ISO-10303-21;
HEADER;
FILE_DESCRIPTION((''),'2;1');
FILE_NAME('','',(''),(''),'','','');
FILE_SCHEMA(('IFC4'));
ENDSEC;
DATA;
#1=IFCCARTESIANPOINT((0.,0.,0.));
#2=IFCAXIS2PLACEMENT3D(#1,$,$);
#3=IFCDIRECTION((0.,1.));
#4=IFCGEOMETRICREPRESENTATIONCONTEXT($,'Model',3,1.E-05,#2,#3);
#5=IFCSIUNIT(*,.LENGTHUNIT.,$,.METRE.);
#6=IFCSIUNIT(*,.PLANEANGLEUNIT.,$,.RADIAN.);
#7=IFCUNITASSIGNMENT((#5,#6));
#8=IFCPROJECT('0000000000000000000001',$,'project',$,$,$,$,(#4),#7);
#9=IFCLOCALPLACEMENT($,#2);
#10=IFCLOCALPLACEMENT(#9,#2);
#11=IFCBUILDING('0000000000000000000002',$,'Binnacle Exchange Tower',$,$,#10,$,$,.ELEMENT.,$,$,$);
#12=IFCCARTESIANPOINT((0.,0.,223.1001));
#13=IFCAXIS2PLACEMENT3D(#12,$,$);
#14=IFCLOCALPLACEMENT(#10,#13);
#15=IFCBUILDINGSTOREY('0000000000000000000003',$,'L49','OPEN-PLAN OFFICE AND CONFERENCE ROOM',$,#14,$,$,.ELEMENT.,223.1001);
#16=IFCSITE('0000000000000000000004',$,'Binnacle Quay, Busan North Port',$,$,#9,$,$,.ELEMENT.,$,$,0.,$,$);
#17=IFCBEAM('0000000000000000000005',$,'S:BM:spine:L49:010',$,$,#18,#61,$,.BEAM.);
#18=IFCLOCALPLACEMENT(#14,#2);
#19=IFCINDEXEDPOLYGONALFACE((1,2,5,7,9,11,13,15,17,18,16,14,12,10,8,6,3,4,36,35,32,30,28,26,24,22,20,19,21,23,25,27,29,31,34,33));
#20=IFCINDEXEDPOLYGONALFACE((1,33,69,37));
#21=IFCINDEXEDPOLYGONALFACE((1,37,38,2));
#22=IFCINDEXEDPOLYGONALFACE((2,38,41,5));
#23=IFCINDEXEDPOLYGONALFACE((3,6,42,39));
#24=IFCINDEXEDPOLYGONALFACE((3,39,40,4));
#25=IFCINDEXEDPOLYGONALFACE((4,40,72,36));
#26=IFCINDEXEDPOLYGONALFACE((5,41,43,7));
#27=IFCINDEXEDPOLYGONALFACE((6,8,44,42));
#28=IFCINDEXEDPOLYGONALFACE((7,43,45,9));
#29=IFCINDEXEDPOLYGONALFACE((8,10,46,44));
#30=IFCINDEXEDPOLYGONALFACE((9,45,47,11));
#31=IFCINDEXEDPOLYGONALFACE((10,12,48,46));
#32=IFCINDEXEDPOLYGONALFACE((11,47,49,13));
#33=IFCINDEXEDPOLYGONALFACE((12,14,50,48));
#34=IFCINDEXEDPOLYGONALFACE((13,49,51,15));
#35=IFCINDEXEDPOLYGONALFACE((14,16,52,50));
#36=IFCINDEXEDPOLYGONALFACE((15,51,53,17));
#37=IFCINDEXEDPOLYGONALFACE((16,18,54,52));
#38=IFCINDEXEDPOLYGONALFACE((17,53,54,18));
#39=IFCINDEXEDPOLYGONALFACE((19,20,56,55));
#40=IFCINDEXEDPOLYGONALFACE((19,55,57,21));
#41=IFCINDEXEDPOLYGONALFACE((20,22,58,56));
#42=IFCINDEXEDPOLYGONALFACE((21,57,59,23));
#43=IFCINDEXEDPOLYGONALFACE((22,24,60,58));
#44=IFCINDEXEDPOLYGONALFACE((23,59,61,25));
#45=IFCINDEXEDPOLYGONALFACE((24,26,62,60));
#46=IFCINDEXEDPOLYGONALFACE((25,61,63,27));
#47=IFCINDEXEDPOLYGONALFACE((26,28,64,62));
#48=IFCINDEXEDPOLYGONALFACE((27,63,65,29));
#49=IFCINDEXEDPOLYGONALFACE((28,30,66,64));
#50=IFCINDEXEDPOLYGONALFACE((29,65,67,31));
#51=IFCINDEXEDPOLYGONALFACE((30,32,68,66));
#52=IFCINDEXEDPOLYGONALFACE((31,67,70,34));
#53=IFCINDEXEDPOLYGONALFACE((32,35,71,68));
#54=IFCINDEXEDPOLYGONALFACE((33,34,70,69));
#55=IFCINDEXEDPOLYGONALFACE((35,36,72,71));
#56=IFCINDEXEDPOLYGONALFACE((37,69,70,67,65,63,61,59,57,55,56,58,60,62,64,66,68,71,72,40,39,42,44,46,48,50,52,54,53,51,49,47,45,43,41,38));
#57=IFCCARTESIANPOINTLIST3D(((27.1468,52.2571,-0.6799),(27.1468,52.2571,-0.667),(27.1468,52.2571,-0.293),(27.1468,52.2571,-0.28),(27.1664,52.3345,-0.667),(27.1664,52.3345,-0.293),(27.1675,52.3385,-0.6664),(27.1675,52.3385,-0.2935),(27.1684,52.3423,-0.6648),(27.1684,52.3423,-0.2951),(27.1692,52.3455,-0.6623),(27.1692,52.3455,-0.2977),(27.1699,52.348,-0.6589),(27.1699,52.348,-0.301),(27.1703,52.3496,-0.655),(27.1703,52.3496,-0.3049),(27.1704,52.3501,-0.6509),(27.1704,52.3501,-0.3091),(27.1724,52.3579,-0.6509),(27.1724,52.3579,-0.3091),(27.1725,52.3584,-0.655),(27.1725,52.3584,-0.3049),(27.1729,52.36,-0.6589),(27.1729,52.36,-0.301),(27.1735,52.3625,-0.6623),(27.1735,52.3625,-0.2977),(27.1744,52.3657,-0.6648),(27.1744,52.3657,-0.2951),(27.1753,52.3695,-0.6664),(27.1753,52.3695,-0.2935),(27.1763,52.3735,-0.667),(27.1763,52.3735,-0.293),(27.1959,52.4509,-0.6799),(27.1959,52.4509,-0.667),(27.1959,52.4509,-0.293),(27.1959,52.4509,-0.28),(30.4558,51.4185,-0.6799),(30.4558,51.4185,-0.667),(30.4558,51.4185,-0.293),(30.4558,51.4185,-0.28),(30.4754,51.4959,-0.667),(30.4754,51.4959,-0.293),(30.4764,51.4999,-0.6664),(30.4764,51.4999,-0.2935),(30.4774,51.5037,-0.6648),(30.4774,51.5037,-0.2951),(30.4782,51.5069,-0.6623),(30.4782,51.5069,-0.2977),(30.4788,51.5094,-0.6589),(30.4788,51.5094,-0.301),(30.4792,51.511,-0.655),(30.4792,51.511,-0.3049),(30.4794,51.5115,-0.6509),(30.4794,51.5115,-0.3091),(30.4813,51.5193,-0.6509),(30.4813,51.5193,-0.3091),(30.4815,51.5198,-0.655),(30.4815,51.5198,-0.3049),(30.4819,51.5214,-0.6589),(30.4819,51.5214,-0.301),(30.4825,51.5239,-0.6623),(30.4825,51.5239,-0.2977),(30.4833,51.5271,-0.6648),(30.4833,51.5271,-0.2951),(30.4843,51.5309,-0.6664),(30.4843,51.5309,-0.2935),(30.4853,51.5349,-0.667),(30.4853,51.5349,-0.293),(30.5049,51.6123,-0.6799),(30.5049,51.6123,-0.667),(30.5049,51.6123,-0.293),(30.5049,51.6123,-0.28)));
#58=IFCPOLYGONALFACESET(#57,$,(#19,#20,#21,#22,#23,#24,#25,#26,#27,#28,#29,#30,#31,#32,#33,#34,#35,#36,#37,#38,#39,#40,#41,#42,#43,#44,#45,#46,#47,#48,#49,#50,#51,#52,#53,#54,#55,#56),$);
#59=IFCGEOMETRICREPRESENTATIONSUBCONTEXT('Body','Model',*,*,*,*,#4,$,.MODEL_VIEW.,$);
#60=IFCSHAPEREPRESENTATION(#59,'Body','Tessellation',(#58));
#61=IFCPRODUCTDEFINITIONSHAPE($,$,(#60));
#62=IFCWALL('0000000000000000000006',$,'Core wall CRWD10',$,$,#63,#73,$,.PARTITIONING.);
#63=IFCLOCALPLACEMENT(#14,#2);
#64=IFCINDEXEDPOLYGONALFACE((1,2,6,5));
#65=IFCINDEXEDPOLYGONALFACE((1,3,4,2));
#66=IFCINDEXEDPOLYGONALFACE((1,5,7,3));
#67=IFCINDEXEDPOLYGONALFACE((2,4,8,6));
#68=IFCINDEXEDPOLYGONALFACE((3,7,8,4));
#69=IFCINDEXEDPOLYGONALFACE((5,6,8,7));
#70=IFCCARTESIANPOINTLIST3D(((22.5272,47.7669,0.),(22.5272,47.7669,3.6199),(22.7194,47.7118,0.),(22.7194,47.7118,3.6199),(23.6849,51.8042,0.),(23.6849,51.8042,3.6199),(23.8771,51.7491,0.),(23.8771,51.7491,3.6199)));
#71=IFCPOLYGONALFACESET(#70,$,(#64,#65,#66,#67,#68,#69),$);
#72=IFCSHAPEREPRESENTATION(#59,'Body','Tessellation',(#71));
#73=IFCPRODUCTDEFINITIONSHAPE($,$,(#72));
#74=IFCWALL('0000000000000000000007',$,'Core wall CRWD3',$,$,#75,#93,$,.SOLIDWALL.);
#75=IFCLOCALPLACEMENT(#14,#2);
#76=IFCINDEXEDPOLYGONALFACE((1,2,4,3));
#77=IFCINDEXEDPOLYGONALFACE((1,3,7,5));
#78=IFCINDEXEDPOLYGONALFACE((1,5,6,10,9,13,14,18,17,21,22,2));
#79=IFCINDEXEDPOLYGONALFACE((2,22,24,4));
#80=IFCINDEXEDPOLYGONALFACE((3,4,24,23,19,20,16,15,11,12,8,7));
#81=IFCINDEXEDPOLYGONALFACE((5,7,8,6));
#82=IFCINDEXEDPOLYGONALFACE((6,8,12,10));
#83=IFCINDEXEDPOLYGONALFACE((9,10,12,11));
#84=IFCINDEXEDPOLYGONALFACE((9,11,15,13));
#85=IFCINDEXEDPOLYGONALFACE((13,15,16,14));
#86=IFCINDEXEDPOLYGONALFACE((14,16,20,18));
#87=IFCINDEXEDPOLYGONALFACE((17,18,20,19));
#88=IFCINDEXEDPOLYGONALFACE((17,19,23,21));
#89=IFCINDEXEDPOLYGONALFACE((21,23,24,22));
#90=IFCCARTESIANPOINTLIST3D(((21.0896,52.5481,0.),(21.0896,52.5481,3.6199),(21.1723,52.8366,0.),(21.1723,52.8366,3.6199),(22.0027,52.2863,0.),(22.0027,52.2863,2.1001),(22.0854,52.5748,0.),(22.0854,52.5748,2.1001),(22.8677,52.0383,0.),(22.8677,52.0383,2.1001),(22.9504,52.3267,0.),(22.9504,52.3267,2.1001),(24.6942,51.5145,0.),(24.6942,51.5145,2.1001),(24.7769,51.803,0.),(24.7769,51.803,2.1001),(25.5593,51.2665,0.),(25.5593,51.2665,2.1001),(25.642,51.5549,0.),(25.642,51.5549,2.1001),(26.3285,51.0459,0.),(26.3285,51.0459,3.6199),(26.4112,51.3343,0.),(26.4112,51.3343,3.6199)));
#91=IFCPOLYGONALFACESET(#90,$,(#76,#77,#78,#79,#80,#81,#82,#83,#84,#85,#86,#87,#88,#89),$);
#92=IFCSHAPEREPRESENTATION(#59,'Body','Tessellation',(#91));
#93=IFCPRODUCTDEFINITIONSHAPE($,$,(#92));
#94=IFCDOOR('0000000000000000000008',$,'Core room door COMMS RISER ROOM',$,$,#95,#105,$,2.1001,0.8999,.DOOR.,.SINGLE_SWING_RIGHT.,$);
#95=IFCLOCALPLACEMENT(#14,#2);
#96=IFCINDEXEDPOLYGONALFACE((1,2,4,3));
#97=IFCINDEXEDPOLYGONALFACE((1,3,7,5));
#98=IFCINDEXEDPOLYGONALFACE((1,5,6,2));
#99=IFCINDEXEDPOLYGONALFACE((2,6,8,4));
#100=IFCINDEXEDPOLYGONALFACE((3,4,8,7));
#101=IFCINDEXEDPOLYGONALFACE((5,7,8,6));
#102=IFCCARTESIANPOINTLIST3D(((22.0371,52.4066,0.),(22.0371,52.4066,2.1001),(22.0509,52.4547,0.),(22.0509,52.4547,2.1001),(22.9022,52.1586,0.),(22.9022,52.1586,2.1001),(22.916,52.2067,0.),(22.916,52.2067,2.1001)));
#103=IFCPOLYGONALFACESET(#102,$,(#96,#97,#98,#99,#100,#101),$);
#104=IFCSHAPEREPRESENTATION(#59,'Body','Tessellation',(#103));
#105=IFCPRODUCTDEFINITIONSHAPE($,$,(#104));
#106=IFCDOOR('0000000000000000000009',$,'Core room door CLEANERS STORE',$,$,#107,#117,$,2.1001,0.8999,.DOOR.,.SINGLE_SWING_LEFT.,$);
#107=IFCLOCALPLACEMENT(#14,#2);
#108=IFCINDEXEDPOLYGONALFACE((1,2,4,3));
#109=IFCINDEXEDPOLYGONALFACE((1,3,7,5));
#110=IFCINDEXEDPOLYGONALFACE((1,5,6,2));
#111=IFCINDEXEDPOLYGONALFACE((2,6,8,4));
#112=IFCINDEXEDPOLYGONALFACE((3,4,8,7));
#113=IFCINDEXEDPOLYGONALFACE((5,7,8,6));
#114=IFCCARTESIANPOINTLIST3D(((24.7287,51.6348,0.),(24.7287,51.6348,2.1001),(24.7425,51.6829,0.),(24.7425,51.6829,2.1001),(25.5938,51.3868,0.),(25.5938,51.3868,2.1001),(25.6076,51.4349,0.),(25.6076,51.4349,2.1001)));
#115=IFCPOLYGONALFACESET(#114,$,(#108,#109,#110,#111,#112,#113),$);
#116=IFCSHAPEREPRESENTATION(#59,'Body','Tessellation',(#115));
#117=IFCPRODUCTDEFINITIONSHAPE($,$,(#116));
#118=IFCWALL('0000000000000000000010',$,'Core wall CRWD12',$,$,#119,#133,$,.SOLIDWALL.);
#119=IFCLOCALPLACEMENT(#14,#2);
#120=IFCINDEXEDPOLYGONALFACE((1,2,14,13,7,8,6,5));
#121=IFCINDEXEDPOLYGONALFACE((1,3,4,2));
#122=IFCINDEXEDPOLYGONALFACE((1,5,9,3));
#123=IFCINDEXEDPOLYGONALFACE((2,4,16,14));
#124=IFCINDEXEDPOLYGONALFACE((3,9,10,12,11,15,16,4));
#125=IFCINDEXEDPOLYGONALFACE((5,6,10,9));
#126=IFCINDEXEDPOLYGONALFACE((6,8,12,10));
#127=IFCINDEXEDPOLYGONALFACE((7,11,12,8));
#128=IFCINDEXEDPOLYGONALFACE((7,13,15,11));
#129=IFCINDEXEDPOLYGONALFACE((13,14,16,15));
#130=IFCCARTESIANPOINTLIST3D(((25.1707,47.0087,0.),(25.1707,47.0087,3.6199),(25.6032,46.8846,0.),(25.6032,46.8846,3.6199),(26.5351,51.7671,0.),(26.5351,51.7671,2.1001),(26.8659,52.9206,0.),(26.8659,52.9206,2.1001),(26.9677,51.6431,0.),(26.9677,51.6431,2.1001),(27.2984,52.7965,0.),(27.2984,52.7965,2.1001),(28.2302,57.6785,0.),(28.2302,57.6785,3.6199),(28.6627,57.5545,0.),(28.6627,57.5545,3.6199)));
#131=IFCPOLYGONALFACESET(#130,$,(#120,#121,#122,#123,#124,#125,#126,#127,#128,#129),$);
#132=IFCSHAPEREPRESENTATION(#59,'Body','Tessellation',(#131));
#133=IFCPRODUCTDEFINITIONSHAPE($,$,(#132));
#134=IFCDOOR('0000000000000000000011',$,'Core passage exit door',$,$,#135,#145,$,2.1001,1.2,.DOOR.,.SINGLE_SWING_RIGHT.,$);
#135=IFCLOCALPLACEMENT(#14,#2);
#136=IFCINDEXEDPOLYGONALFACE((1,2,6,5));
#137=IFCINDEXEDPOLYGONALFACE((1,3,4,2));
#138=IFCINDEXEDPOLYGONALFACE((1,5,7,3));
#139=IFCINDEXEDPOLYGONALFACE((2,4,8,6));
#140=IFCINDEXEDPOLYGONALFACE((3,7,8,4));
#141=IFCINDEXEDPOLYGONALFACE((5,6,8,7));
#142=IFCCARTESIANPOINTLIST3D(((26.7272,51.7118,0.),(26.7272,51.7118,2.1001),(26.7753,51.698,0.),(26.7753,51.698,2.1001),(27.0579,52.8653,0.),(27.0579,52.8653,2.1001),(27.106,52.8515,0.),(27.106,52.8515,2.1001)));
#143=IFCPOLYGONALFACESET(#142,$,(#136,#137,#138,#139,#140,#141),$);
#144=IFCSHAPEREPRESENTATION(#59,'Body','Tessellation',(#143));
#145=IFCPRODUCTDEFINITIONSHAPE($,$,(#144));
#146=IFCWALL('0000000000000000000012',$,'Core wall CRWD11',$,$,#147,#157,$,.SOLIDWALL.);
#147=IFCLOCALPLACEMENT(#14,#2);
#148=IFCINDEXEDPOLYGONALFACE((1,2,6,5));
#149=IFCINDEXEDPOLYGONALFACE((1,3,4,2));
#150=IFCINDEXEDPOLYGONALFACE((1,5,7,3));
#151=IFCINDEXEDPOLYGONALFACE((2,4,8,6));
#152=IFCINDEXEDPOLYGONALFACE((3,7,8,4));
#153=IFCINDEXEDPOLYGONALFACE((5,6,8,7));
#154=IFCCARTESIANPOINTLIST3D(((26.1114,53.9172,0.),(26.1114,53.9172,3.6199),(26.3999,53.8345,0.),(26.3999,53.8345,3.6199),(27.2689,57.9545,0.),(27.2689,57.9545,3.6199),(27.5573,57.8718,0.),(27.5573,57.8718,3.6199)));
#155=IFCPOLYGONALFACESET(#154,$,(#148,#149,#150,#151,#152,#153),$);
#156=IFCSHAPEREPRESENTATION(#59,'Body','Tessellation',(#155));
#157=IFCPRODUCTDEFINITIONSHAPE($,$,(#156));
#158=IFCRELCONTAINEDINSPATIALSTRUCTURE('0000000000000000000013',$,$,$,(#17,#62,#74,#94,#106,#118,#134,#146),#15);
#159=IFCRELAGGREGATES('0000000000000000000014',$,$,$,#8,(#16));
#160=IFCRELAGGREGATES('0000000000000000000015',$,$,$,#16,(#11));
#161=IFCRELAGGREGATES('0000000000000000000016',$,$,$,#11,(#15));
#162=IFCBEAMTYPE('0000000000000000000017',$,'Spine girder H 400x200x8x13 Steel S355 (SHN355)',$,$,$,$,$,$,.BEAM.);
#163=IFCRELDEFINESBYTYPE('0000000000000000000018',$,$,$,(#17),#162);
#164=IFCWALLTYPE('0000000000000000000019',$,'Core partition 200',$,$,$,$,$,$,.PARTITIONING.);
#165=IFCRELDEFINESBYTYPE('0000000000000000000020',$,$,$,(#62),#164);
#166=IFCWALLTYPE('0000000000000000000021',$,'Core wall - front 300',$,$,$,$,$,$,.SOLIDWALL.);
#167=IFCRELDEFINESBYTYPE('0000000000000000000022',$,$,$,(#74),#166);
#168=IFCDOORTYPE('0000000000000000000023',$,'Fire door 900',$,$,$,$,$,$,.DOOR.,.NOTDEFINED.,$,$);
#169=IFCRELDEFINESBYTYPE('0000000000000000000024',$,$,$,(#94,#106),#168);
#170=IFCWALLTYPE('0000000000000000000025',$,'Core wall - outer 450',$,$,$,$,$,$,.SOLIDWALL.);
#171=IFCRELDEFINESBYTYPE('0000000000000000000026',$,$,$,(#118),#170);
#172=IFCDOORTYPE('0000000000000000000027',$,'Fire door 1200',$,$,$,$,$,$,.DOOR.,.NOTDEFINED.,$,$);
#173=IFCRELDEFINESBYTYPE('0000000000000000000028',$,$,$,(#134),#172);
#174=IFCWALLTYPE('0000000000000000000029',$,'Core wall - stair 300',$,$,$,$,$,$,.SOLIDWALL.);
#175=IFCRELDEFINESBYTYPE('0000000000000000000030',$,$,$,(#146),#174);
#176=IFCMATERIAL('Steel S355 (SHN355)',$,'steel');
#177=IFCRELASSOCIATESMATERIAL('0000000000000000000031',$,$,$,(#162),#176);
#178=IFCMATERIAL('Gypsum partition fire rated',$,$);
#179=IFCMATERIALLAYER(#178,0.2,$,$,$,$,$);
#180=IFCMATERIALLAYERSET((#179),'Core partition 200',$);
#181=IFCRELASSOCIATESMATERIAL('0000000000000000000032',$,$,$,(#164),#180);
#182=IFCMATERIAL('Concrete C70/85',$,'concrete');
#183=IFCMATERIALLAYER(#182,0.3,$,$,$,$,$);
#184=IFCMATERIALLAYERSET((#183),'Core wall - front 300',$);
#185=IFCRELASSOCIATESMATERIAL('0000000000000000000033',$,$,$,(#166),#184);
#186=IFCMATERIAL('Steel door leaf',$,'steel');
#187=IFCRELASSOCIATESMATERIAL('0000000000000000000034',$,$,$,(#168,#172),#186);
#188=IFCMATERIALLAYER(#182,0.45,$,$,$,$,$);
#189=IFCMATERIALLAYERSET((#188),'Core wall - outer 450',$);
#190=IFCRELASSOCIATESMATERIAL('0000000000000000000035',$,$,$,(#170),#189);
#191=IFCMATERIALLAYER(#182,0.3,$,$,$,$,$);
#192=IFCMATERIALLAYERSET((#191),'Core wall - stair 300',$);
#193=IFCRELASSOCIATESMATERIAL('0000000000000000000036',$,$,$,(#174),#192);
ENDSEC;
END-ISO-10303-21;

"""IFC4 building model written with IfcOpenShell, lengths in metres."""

from ifc_helpers import new_model, si_unit, direction, frame, frame_2d, origin, origin_2d, place, context, subcontext, project, spatial, rectangle, i_section, extrude, material, layer, layer_set, material_profile, profile_set, type_object, element, fill, save


model = new_model("IFC4")

# Units and contexts
model_context = context("Model", 3, precision=1e-05, world=origin(), true_north=direction((0.0, 1.0)))
body_context = subcontext(model_context, "Body", "Model", "MODEL_VIEW")
ifc_project = project(units=[si_unit("LENGTHUNIT", "METRE"), si_unit("PLANEANGLEUNIT", "RADIAN")], contexts=[model_context])

# Site, building, storey
site_placement = place(None, origin())
site = spatial("IfcSite", under=ifc_project, at=site_placement, Name="Binnacle Quay, Busan North Port", CompositionType="ELEMENT", RefElevation=0.0)
building_placement = place(site_placement, origin())
building = spatial("IfcBuilding", under=site, at=building_placement, Name="Binnacle Exchange Tower", CompositionType="ELEMENT")
storey_placement = place(building_placement, frame((0.0, 0.0, 223.1001)))
storey = spatial("IfcBuildingStorey", under=building, at=storey_placement, Name="L49", Description="OPEN-PLAN OFFICE AND CONFERENCE ROOM", CompositionType="ELEMENT", Elevation=223.1001)

# Beam
ifc_material_1 = material(Name="Steel S355 (SHN355)", Category="steel")
ifc_material_profile_1 = material_profile(ifc_material_1, i_section(OverallWidth=0.2, OverallDepth=0.3999, WebThickness=0.0081, FlangeThickness=0.0129, FilletRadius=0.0161, at=origin_2d()), Name="H 400x200x8x13")
ifc_profile_set_1 = profile_set([ifc_material_profile_1], Name="Steel S355 (SHN355)")
beam_type_1 = type_object("IfcBeamType", Name="Spine girder H 400x200x8x13 Steel S355 (SHN355)", PredefinedType="BEAM", material=ifc_profile_set_1)
beam_1_placement = place(storey_placement, frame((27.1714, 52.354, -0.48), z_axis=(0.969355, -0.245664, 0.0), x_axis=(0.245664, 0.969355, 0.0)))
element("IfcBeam", 1, at=beam_1_placement, inside=storey, type_object=beam_type_1, Name="S:BM:spine:L49:010", PredefinedType="BEAM", context=body_context, shape_type="SweptSolid", body=[
    extrude(i_section(OverallWidth=0.2, OverallDepth=0.3999, WebThickness=0.0081, FlangeThickness=0.0129, FilletRadius=0.0161, at=origin_2d()), origin(), (0.0, 0.0, 1.0), 3.4136),
])

# Wall
ifc_material_2 = material(Name="Gypsum partition fire rated")
ifc_layer_1 = layer(ifc_material_2, 0.2)
ifc_layer_set_1 = layer_set([ifc_layer_1], Name="Core partition 200")
wall_type_1 = type_object("IfcWallType", Name="Core partition 200", PredefinedType="PARTITIONING", material=ifc_layer_set_1)
wall_1_placement = place(storey_placement, frame((22.6233, 47.7393, 0.0), z_axis=(0.0, 0.0, 1.0), x_axis=(0.275642, 0.96126, 0.0)))
element("IfcWall", 2, at=wall_1_placement, inside=storey, type_object=wall_type_1, Name="Core wall CRWD10", PredefinedType="PARTITIONING", context=body_context, shape_type="SweptSolid", body=[
    extrude(rectangle(XDim=4.2, YDim=0.2, at=frame_2d((2.1001, 0.0))), origin(), (0.0, 0.0, 1.0), 3.6199),
])

# Wall, openings, doors
ifc_material_3 = material(Name="Concrete C70/85", Category="concrete")
ifc_layer_2 = layer(ifc_material_3, 0.3)
ifc_layer_set_2 = layer_set([ifc_layer_2], Name="Core wall - front 300")
wall_type_2 = type_object("IfcWallType", Name="Core wall - front 300", PredefinedType="SOLIDWALL", material=ifc_layer_set_2)
wall_2_placement = place(storey_placement, frame((21.1309, 52.6924, 0.0), z_axis=(0.0, 0.0, 1.0), x_axis=(0.961261, -0.275638, 0.0)))
wall_2 = element("IfcWall", 3, at=wall_2_placement, inside=storey, type_object=wall_type_2, Name="Core wall CRWD3", PredefinedType="SOLIDWALL", context=body_context, shape_type="SweptSolid", body=[
    extrude(rectangle(XDim=5.45, YDim=0.3, at=frame_2d((2.7251, 0.0))), origin(), (0.0, 0.0, 1.0), 3.6199),
])
opening_1_placement = place(wall_2_placement, frame((0.95, 0.0, 0.0)))
opening_1 = element("IfcOpeningElement", 4, at=opening_1_placement, cuts=wall_2, PredefinedType="OPENING", context=body_context, shape_type="SweptSolid", body=[
    extrude(rectangle(XDim=0.8999, YDim=2.1001, at=frame_2d((0.45, 1.05))), frame((0.0, 0.1599, 0.0), z_axis=(0.0, -1.0, 0.0), x_axis=(1.0, 0.0, 0.0)), (0.0, 0.0, 1.0), 0.3201),
])
opening_2_placement = place(wall_2_placement, frame((3.75, 0.0, 0.0)))
opening_2 = element("IfcOpeningElement", 5, at=opening_2_placement, cuts=wall_2, PredefinedType="OPENING", context=body_context, shape_type="SweptSolid", body=[
    extrude(rectangle(XDim=0.8999, YDim=2.1001, at=frame_2d((0.45, 1.05))), frame((0.0, 0.1599, 0.0), z_axis=(0.0, -1.0, 0.0), x_axis=(1.0, 0.0, 0.0)), (0.0, 0.0, 1.0), 0.3201),
])
ifc_material_4 = material(Name="Steel door leaf", Category="steel")
door_type_1 = type_object("IfcDoorType", Name="Fire door 900", OperationType="NOTDEFINED", PredefinedType="DOOR", material=ifc_material_4)
door_1_placement = place(opening_1_placement, frame((0.8999, 0.0, 0.0), z_axis=(0.0, 0.0, 1.0), x_axis=(-1.0, 0.0, 0.0)))
door_1 = element("IfcDoor", 6, at=door_1_placement, inside=storey, type_object=door_type_1, Name="Core room door COMMS RISER ROOM", OperationType="SINGLE_SWING_RIGHT", OverallHeight=2.1001, OverallWidth=0.8999, PredefinedType="DOOR", context=body_context, shape_type="SweptSolid", body=[
    extrude(rectangle(XDim=0.8999, YDim=2.1001, at=frame_2d((0.45, 1.05))), frame((0.0, 0.0249, 0.0), z_axis=(0.0, -1.0, 0.0), x_axis=(1.0, 0.0, 0.0)), (0.0, 0.0, 1.0), 0.05),
])
fill(opening_1, door_1)
door_2_placement = place(opening_2_placement, frame((0.8999, 0.0, 0.0), z_axis=(0.0, 0.0, 1.0), x_axis=(-1.0, 0.0, 0.0)))
door_2 = element("IfcDoor", 7, at=door_2_placement, inside=storey, type_object=door_type_1, Name="Core room door CLEANERS STORE", OperationType="SINGLE_SWING_LEFT", OverallHeight=2.1001, OverallWidth=0.8999, PredefinedType="DOOR", context=body_context, shape_type="SweptSolid", body=[
    extrude(rectangle(XDim=0.8999, YDim=2.1001, at=frame_2d((0.45, 1.05))), frame((0.0, 0.0249, 0.0), z_axis=(0.0, -1.0, 0.0), x_axis=(1.0, 0.0, 0.0)), (0.0, 0.0, 1.0), 0.05),
])
fill(opening_2, door_2)

# Wall, opening, door
ifc_layer_3 = layer(ifc_material_3, 0.45)
ifc_layer_set_3 = layer_set([ifc_layer_3], Name="Core wall - outer 450")
wall_type_3 = type_object("IfcWallType", Name="Core wall - outer 450", PredefinedType="SOLIDWALL", material=ifc_layer_set_3)
wall_3_placement = place(storey_placement, frame((25.387, 46.9468, 0.0), z_axis=(0.0, 0.0, 1.0), x_axis=(0.275639, 0.961261, 0.0)))
wall_3 = element("IfcWall", 8, at=wall_3_placement, inside=storey, type_object=wall_type_3, Name="Core wall CRWD12", PredefinedType="SOLIDWALL", context=body_context, shape_type="SweptSolid", body=[
    extrude(rectangle(XDim=11.0999, YDim=0.45, at=frame_2d((5.5498, 0.0))), origin(), (0.0, 0.0, 1.0), 3.6199),
])
opening_3_placement = place(wall_3_placement, frame((4.95, 0.0, 0.0)))
opening_3 = element("IfcOpeningElement", 9, at=opening_3_placement, cuts=wall_3, PredefinedType="OPENING", context=body_context, shape_type="SweptSolid", body=[
    extrude(rectangle(XDim=1.2, YDim=2.1001, at=frame_2d((0.6001, 1.05))), frame((0.0, 0.2349, 0.0), z_axis=(0.0, -1.0, 0.0), x_axis=(1.0, 0.0, 0.0)), (0.0, 0.0, 1.0), 0.47),
])
door_type_2 = type_object("IfcDoorType", Name="Fire door 1200", OperationType="NOTDEFINED", PredefinedType="DOOR", material=ifc_material_4)
door_3_placement = place(opening_3_placement, frame((1.2, 0.0, 0.0), z_axis=(0.0, 0.0, 1.0), x_axis=(-1.0, 0.0, 0.0)))
door_3 = element("IfcDoor", 10, at=door_3_placement, inside=storey, type_object=door_type_2, Name="Core passage exit door", OperationType="SINGLE_SWING_RIGHT", OverallHeight=2.1001, OverallWidth=1.2, PredefinedType="DOOR", context=body_context, shape_type="SweptSolid", body=[
    extrude(rectangle(XDim=1.2, YDim=2.1001, at=frame_2d((0.6001, 1.05))), frame((0.0, 0.0249, 0.0), z_axis=(0.0, -1.0, 0.0), x_axis=(1.0, 0.0, 0.0)), (0.0, 0.0, 1.0), 0.05),
])
fill(opening_3, door_3)

# Wall
ifc_layer_4 = layer(ifc_material_3, 0.3)
ifc_layer_set_4 = layer_set([ifc_layer_4], Name="Core wall - stair 300")
wall_type_4 = type_object("IfcWallType", Name="Core wall - stair 300", PredefinedType="SOLIDWALL", material=ifc_layer_set_4)
wall_4_placement = place(storey_placement, frame((26.2556, 53.8757, 0.0), z_axis=(0.0, 0.0, 1.0), x_axis=(0.275589, 0.961276, 0.0)))
element("IfcWall", 11, at=wall_4_placement, inside=storey, type_object=wall_type_4, Name="Core wall CRWD11", PredefinedType="SOLIDWALL", context=body_context, shape_type="SweptSolid", body=[
    extrude(rectangle(XDim=4.2, YDim=0.3, at=frame_2d((2.1001, 0.0))), origin(), (0.0, 0.0, 1.0), 3.6199),
])

save(model, "model.ifc")
